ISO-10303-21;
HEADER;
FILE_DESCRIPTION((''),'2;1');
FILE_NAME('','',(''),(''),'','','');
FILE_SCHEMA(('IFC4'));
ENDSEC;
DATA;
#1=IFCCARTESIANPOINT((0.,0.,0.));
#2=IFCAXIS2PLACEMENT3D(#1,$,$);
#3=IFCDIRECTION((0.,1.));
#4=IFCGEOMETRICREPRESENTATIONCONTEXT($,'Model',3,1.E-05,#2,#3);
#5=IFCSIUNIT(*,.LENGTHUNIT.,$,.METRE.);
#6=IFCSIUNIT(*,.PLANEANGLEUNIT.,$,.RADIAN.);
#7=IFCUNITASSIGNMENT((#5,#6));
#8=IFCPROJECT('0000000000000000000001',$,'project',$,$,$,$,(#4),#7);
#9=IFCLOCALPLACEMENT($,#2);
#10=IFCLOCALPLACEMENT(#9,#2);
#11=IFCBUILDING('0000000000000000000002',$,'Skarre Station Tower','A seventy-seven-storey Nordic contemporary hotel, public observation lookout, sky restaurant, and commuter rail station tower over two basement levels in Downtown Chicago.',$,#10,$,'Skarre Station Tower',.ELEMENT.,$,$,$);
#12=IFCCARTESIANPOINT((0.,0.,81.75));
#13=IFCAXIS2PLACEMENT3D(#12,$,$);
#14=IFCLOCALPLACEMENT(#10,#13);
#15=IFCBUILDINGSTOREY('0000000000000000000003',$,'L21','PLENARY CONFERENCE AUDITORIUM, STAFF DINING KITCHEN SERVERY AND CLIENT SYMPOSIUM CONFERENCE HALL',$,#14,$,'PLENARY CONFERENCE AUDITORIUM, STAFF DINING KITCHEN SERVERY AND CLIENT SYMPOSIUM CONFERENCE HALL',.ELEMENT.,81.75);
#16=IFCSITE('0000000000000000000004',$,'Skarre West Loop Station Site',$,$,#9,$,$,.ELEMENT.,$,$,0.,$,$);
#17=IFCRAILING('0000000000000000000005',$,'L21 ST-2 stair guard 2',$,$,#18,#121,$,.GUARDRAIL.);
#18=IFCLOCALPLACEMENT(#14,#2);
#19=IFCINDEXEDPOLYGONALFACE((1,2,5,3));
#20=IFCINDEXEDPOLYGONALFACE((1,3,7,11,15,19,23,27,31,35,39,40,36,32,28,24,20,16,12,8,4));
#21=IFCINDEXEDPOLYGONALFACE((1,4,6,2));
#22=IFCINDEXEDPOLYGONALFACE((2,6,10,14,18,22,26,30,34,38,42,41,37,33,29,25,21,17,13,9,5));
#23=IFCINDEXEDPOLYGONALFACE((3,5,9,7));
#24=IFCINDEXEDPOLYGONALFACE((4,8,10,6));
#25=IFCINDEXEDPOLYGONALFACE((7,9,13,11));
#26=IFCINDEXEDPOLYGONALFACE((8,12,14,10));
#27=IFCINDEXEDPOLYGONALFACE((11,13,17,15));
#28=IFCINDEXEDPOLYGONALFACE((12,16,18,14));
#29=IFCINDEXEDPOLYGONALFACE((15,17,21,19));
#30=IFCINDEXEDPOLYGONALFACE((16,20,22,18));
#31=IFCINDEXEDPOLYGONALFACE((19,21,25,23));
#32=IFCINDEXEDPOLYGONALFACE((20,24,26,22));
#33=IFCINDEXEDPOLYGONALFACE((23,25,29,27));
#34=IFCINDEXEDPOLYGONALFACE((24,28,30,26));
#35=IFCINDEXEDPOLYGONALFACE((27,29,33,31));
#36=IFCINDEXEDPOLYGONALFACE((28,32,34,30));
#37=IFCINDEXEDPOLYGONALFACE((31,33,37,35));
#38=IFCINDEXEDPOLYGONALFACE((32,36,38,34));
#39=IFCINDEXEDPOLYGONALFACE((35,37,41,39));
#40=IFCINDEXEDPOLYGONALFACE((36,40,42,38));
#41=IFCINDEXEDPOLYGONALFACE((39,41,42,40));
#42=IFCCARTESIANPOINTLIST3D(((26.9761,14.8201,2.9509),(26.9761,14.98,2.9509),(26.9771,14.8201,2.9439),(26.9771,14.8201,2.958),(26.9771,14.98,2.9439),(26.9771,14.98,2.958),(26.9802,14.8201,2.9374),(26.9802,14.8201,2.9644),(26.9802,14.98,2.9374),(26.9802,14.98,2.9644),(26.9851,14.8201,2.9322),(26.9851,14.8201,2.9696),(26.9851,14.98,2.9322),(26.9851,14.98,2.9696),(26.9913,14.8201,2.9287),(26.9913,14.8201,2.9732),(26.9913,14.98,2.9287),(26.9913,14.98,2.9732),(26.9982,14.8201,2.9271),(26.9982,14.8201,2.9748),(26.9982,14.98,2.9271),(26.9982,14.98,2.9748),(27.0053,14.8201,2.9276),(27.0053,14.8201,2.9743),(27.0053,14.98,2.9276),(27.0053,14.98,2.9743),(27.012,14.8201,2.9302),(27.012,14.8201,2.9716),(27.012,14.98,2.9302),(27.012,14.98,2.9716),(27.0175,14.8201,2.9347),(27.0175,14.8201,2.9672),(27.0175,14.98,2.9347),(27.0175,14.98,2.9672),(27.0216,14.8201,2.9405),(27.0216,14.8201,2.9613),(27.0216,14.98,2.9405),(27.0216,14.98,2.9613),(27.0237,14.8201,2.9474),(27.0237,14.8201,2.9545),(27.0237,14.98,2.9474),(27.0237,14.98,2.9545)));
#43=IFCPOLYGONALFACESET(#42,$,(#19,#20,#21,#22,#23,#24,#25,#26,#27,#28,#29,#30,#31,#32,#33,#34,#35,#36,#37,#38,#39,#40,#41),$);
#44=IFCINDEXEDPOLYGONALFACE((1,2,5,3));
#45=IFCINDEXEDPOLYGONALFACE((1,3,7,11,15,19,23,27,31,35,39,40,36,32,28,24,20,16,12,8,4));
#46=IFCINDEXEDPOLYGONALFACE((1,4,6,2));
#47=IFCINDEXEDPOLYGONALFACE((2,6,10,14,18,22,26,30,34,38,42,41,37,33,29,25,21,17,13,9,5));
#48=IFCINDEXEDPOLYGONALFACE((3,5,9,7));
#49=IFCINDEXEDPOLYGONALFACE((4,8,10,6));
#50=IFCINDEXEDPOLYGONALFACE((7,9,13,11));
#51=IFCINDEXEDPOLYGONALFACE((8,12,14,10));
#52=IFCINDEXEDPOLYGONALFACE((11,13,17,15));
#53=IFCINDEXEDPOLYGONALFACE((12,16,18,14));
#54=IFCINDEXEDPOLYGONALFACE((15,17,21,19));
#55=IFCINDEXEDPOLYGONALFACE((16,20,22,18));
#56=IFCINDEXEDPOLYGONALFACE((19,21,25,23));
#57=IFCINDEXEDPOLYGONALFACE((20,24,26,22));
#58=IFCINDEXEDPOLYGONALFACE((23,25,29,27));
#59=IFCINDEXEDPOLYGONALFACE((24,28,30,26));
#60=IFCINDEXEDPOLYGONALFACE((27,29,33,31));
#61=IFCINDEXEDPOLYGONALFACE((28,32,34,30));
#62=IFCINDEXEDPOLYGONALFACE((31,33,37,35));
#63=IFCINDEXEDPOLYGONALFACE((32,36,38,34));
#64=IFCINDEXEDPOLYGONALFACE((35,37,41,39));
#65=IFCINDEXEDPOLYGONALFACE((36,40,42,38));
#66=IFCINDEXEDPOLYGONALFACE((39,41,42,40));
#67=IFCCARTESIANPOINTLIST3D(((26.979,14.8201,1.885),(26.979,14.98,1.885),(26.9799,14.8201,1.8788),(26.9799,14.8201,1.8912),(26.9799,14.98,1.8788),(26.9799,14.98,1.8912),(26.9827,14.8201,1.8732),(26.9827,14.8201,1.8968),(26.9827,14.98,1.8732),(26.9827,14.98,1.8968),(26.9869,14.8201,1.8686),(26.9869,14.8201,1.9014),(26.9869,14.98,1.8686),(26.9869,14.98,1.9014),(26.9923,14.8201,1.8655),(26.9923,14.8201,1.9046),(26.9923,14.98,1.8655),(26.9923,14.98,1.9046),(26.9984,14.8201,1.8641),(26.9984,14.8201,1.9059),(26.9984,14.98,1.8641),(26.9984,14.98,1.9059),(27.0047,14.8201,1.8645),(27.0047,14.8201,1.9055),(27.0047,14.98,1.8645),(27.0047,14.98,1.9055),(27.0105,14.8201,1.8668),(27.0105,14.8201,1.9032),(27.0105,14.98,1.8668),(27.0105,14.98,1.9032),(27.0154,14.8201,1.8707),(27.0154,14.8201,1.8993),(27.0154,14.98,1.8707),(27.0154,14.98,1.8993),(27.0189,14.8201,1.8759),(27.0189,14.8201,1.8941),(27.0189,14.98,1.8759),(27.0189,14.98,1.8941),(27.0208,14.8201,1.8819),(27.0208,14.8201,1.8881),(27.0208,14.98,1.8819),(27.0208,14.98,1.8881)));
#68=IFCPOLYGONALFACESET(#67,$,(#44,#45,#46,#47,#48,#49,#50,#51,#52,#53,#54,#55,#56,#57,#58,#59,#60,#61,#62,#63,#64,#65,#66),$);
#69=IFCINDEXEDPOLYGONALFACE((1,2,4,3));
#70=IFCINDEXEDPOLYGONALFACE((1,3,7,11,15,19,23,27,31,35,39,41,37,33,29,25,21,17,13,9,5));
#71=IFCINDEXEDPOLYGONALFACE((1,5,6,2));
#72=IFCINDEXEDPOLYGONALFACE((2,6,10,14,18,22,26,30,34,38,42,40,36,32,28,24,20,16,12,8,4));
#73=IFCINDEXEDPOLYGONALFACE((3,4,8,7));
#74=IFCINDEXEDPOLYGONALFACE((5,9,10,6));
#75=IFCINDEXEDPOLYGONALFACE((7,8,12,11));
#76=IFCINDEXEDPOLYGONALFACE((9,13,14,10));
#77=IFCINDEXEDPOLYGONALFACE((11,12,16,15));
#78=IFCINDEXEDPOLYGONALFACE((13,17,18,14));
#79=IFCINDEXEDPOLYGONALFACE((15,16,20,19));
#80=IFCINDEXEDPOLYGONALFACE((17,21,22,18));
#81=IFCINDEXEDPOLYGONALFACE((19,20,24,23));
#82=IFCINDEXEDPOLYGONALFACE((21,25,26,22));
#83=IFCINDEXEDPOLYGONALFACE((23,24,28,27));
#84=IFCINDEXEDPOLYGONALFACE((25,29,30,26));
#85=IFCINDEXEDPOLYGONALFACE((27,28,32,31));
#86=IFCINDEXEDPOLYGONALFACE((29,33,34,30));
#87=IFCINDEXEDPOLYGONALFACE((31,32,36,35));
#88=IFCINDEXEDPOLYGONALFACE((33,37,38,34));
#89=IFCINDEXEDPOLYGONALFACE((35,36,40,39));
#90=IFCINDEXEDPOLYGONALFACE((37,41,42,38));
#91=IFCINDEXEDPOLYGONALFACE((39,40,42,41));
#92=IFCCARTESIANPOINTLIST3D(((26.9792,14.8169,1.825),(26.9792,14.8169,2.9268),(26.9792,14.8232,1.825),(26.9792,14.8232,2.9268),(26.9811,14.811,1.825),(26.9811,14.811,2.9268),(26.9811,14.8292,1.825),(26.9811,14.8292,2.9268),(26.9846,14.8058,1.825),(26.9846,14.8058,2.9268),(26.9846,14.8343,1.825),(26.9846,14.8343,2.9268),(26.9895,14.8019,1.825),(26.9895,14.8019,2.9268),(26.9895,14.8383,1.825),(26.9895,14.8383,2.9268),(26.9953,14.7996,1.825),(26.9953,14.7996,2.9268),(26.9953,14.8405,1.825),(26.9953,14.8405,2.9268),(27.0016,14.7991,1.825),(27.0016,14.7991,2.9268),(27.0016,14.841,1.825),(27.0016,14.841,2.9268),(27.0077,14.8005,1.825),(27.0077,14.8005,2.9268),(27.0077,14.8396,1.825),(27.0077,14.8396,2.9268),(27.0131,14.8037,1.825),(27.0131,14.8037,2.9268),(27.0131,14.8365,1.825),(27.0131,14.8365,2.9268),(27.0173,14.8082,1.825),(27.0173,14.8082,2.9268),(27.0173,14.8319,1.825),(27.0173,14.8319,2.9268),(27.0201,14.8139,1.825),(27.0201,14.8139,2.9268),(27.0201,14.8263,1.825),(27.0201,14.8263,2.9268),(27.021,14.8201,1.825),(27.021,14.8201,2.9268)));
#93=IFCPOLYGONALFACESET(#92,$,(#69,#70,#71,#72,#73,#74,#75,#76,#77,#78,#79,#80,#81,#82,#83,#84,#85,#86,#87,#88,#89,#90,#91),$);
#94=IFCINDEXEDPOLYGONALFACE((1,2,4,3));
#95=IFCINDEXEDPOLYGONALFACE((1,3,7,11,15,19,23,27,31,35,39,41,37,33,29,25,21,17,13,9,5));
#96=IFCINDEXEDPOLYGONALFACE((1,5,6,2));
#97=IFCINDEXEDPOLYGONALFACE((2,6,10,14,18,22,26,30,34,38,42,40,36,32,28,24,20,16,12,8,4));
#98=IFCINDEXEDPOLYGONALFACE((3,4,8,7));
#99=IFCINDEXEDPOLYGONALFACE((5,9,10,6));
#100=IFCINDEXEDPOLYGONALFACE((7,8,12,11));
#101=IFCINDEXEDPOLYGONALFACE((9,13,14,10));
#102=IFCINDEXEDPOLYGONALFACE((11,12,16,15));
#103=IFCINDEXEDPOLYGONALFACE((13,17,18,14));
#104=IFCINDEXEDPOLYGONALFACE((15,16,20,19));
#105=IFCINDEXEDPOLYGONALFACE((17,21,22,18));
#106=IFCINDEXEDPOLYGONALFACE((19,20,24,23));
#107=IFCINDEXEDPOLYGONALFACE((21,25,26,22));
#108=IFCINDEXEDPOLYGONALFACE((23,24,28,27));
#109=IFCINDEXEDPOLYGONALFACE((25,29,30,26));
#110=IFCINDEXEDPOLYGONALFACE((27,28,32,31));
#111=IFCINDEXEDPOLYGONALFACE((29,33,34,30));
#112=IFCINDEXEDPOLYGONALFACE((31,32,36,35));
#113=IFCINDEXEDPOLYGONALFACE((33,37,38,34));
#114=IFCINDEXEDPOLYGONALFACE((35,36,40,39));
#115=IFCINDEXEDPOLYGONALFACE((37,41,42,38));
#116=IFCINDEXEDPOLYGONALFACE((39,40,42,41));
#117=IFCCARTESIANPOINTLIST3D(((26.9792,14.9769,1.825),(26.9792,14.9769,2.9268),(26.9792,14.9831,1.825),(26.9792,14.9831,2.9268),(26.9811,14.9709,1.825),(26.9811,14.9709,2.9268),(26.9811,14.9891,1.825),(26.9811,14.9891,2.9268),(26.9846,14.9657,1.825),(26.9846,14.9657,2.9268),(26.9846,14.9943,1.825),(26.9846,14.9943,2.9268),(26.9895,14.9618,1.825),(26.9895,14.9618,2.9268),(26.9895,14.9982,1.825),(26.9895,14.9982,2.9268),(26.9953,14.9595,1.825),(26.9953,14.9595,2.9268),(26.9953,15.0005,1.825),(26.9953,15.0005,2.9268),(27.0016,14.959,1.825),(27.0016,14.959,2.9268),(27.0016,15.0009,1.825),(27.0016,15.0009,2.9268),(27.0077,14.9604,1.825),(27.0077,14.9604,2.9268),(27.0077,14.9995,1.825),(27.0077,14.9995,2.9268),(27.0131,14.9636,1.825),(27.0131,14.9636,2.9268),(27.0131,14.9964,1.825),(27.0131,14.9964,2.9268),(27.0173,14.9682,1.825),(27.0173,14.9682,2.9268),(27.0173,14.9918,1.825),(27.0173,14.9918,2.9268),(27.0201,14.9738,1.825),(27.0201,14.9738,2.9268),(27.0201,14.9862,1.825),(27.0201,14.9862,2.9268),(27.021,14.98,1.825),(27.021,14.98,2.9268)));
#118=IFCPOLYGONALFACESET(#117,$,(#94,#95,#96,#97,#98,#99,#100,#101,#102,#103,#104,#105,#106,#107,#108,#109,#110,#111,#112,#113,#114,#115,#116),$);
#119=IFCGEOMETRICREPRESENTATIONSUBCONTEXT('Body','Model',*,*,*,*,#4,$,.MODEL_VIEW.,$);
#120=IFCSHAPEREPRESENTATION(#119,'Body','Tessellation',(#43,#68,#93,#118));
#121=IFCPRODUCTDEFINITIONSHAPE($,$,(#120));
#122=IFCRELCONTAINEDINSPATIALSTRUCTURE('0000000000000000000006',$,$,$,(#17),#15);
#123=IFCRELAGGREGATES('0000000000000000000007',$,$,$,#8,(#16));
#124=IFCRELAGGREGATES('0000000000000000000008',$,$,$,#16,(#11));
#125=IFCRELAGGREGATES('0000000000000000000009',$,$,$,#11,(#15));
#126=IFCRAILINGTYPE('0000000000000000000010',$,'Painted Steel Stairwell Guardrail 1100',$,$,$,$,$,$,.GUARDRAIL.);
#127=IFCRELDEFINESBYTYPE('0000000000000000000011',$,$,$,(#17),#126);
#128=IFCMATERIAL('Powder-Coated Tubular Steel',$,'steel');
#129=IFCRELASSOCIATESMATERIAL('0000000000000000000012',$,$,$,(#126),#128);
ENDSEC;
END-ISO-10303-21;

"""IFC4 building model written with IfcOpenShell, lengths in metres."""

from ifc_helpers import new_model, si_unit, direction, frame, origin, origin_2d, place, context, subcontext, project, spatial, circle, extrude, material, type_object, element, save


model = new_model("IFC4")

# Units and contexts
model_context = context("Model", 3, precision=1e-05, world=origin(), true_north=direction((0.0, 1.0)))
body_context = subcontext(model_context, "Body", "Model", "MODEL_VIEW")
ifc_project = project(units=[si_unit("LENGTHUNIT", "METRE"), si_unit("PLANEANGLEUNIT", "RADIAN")], contexts=[model_context])

# Site, building, storey
site_placement = place(None, origin())
site = spatial("IfcSite", under=ifc_project, at=site_placement, Name="Skarre West Loop Station Site", CompositionType="ELEMENT", RefElevation=0.0)
building_placement = place(site_placement, origin())
building = spatial("IfcBuilding", under=site, at=building_placement, Name="Skarre Station Tower", Description="A seventy-seven-storey Nordic contemporary hotel, public observation lookout, sky restaurant, and commuter rail station tower over two basement levels in Downtown Chicago.", LongName="Skarre Station Tower", CompositionType="ELEMENT")
storey_placement = place(building_placement, frame((0.0, 0.0, 81.75)))
storey = spatial("IfcBuildingStorey", under=building, at=storey_placement, Name="L21", Description="PLENARY CONFERENCE AUDITORIUM, STAFF DINING KITCHEN SERVERY AND CLIENT SYMPOSIUM CONFERENCE HALL", LongName="PLENARY CONFERENCE AUDITORIUM, STAFF DINING KITCHEN SERVERY AND CLIENT SYMPOSIUM CONFERENCE HALL", CompositionType="ELEMENT", Elevation=81.75)

# Railing
ifc_material_1 = material(Name="Powder-Coated Tubular Steel", Category="steel")
railing_type_1 = type_object("IfcRailingType", Name="Painted Steel Stairwell Guardrail 1100", PredefinedType="GUARDRAIL", material=ifc_material_1)
railing_1_placement = place(storey_placement, frame((27.0, 14.8201, 1.825)))
element("IfcRailing", 1, at=railing_1_placement, inside=storey, type_object=railing_type_1, Name="L21 ST-2 stair guard 2", PredefinedType="GUARDRAIL", context=body_context, shape_type="SweptSolid", body=[
    extrude(circle(Radius=0.0239, at=origin_2d()), frame((0.0, 0.0, 1.126), z_axis=(0.0, 1.0, 0.0), x_axis=(-1.0, 0.0, 0.0)), (0.0, 0.0, 1.0), 0.1599),
    extrude(circle(Radius=0.021, at=origin_2d()), frame((0.0, 0.0, 0.0601), z_axis=(0.0, 1.0, 0.0), x_axis=(-1.0, 0.0, 0.0)), (0.0, 0.0, 1.0), 0.1599),
    extrude(circle(Radius=0.021, at=origin_2d()), origin(), (0.0, 0.0, 1.0), 1.1018),
    extrude(circle(Radius=0.021, at=origin_2d()), frame((0.0, 0.1599, 0.0)), (0.0, 0.0, 1.0), 1.1018),
])

save(model, "model.ifc")
